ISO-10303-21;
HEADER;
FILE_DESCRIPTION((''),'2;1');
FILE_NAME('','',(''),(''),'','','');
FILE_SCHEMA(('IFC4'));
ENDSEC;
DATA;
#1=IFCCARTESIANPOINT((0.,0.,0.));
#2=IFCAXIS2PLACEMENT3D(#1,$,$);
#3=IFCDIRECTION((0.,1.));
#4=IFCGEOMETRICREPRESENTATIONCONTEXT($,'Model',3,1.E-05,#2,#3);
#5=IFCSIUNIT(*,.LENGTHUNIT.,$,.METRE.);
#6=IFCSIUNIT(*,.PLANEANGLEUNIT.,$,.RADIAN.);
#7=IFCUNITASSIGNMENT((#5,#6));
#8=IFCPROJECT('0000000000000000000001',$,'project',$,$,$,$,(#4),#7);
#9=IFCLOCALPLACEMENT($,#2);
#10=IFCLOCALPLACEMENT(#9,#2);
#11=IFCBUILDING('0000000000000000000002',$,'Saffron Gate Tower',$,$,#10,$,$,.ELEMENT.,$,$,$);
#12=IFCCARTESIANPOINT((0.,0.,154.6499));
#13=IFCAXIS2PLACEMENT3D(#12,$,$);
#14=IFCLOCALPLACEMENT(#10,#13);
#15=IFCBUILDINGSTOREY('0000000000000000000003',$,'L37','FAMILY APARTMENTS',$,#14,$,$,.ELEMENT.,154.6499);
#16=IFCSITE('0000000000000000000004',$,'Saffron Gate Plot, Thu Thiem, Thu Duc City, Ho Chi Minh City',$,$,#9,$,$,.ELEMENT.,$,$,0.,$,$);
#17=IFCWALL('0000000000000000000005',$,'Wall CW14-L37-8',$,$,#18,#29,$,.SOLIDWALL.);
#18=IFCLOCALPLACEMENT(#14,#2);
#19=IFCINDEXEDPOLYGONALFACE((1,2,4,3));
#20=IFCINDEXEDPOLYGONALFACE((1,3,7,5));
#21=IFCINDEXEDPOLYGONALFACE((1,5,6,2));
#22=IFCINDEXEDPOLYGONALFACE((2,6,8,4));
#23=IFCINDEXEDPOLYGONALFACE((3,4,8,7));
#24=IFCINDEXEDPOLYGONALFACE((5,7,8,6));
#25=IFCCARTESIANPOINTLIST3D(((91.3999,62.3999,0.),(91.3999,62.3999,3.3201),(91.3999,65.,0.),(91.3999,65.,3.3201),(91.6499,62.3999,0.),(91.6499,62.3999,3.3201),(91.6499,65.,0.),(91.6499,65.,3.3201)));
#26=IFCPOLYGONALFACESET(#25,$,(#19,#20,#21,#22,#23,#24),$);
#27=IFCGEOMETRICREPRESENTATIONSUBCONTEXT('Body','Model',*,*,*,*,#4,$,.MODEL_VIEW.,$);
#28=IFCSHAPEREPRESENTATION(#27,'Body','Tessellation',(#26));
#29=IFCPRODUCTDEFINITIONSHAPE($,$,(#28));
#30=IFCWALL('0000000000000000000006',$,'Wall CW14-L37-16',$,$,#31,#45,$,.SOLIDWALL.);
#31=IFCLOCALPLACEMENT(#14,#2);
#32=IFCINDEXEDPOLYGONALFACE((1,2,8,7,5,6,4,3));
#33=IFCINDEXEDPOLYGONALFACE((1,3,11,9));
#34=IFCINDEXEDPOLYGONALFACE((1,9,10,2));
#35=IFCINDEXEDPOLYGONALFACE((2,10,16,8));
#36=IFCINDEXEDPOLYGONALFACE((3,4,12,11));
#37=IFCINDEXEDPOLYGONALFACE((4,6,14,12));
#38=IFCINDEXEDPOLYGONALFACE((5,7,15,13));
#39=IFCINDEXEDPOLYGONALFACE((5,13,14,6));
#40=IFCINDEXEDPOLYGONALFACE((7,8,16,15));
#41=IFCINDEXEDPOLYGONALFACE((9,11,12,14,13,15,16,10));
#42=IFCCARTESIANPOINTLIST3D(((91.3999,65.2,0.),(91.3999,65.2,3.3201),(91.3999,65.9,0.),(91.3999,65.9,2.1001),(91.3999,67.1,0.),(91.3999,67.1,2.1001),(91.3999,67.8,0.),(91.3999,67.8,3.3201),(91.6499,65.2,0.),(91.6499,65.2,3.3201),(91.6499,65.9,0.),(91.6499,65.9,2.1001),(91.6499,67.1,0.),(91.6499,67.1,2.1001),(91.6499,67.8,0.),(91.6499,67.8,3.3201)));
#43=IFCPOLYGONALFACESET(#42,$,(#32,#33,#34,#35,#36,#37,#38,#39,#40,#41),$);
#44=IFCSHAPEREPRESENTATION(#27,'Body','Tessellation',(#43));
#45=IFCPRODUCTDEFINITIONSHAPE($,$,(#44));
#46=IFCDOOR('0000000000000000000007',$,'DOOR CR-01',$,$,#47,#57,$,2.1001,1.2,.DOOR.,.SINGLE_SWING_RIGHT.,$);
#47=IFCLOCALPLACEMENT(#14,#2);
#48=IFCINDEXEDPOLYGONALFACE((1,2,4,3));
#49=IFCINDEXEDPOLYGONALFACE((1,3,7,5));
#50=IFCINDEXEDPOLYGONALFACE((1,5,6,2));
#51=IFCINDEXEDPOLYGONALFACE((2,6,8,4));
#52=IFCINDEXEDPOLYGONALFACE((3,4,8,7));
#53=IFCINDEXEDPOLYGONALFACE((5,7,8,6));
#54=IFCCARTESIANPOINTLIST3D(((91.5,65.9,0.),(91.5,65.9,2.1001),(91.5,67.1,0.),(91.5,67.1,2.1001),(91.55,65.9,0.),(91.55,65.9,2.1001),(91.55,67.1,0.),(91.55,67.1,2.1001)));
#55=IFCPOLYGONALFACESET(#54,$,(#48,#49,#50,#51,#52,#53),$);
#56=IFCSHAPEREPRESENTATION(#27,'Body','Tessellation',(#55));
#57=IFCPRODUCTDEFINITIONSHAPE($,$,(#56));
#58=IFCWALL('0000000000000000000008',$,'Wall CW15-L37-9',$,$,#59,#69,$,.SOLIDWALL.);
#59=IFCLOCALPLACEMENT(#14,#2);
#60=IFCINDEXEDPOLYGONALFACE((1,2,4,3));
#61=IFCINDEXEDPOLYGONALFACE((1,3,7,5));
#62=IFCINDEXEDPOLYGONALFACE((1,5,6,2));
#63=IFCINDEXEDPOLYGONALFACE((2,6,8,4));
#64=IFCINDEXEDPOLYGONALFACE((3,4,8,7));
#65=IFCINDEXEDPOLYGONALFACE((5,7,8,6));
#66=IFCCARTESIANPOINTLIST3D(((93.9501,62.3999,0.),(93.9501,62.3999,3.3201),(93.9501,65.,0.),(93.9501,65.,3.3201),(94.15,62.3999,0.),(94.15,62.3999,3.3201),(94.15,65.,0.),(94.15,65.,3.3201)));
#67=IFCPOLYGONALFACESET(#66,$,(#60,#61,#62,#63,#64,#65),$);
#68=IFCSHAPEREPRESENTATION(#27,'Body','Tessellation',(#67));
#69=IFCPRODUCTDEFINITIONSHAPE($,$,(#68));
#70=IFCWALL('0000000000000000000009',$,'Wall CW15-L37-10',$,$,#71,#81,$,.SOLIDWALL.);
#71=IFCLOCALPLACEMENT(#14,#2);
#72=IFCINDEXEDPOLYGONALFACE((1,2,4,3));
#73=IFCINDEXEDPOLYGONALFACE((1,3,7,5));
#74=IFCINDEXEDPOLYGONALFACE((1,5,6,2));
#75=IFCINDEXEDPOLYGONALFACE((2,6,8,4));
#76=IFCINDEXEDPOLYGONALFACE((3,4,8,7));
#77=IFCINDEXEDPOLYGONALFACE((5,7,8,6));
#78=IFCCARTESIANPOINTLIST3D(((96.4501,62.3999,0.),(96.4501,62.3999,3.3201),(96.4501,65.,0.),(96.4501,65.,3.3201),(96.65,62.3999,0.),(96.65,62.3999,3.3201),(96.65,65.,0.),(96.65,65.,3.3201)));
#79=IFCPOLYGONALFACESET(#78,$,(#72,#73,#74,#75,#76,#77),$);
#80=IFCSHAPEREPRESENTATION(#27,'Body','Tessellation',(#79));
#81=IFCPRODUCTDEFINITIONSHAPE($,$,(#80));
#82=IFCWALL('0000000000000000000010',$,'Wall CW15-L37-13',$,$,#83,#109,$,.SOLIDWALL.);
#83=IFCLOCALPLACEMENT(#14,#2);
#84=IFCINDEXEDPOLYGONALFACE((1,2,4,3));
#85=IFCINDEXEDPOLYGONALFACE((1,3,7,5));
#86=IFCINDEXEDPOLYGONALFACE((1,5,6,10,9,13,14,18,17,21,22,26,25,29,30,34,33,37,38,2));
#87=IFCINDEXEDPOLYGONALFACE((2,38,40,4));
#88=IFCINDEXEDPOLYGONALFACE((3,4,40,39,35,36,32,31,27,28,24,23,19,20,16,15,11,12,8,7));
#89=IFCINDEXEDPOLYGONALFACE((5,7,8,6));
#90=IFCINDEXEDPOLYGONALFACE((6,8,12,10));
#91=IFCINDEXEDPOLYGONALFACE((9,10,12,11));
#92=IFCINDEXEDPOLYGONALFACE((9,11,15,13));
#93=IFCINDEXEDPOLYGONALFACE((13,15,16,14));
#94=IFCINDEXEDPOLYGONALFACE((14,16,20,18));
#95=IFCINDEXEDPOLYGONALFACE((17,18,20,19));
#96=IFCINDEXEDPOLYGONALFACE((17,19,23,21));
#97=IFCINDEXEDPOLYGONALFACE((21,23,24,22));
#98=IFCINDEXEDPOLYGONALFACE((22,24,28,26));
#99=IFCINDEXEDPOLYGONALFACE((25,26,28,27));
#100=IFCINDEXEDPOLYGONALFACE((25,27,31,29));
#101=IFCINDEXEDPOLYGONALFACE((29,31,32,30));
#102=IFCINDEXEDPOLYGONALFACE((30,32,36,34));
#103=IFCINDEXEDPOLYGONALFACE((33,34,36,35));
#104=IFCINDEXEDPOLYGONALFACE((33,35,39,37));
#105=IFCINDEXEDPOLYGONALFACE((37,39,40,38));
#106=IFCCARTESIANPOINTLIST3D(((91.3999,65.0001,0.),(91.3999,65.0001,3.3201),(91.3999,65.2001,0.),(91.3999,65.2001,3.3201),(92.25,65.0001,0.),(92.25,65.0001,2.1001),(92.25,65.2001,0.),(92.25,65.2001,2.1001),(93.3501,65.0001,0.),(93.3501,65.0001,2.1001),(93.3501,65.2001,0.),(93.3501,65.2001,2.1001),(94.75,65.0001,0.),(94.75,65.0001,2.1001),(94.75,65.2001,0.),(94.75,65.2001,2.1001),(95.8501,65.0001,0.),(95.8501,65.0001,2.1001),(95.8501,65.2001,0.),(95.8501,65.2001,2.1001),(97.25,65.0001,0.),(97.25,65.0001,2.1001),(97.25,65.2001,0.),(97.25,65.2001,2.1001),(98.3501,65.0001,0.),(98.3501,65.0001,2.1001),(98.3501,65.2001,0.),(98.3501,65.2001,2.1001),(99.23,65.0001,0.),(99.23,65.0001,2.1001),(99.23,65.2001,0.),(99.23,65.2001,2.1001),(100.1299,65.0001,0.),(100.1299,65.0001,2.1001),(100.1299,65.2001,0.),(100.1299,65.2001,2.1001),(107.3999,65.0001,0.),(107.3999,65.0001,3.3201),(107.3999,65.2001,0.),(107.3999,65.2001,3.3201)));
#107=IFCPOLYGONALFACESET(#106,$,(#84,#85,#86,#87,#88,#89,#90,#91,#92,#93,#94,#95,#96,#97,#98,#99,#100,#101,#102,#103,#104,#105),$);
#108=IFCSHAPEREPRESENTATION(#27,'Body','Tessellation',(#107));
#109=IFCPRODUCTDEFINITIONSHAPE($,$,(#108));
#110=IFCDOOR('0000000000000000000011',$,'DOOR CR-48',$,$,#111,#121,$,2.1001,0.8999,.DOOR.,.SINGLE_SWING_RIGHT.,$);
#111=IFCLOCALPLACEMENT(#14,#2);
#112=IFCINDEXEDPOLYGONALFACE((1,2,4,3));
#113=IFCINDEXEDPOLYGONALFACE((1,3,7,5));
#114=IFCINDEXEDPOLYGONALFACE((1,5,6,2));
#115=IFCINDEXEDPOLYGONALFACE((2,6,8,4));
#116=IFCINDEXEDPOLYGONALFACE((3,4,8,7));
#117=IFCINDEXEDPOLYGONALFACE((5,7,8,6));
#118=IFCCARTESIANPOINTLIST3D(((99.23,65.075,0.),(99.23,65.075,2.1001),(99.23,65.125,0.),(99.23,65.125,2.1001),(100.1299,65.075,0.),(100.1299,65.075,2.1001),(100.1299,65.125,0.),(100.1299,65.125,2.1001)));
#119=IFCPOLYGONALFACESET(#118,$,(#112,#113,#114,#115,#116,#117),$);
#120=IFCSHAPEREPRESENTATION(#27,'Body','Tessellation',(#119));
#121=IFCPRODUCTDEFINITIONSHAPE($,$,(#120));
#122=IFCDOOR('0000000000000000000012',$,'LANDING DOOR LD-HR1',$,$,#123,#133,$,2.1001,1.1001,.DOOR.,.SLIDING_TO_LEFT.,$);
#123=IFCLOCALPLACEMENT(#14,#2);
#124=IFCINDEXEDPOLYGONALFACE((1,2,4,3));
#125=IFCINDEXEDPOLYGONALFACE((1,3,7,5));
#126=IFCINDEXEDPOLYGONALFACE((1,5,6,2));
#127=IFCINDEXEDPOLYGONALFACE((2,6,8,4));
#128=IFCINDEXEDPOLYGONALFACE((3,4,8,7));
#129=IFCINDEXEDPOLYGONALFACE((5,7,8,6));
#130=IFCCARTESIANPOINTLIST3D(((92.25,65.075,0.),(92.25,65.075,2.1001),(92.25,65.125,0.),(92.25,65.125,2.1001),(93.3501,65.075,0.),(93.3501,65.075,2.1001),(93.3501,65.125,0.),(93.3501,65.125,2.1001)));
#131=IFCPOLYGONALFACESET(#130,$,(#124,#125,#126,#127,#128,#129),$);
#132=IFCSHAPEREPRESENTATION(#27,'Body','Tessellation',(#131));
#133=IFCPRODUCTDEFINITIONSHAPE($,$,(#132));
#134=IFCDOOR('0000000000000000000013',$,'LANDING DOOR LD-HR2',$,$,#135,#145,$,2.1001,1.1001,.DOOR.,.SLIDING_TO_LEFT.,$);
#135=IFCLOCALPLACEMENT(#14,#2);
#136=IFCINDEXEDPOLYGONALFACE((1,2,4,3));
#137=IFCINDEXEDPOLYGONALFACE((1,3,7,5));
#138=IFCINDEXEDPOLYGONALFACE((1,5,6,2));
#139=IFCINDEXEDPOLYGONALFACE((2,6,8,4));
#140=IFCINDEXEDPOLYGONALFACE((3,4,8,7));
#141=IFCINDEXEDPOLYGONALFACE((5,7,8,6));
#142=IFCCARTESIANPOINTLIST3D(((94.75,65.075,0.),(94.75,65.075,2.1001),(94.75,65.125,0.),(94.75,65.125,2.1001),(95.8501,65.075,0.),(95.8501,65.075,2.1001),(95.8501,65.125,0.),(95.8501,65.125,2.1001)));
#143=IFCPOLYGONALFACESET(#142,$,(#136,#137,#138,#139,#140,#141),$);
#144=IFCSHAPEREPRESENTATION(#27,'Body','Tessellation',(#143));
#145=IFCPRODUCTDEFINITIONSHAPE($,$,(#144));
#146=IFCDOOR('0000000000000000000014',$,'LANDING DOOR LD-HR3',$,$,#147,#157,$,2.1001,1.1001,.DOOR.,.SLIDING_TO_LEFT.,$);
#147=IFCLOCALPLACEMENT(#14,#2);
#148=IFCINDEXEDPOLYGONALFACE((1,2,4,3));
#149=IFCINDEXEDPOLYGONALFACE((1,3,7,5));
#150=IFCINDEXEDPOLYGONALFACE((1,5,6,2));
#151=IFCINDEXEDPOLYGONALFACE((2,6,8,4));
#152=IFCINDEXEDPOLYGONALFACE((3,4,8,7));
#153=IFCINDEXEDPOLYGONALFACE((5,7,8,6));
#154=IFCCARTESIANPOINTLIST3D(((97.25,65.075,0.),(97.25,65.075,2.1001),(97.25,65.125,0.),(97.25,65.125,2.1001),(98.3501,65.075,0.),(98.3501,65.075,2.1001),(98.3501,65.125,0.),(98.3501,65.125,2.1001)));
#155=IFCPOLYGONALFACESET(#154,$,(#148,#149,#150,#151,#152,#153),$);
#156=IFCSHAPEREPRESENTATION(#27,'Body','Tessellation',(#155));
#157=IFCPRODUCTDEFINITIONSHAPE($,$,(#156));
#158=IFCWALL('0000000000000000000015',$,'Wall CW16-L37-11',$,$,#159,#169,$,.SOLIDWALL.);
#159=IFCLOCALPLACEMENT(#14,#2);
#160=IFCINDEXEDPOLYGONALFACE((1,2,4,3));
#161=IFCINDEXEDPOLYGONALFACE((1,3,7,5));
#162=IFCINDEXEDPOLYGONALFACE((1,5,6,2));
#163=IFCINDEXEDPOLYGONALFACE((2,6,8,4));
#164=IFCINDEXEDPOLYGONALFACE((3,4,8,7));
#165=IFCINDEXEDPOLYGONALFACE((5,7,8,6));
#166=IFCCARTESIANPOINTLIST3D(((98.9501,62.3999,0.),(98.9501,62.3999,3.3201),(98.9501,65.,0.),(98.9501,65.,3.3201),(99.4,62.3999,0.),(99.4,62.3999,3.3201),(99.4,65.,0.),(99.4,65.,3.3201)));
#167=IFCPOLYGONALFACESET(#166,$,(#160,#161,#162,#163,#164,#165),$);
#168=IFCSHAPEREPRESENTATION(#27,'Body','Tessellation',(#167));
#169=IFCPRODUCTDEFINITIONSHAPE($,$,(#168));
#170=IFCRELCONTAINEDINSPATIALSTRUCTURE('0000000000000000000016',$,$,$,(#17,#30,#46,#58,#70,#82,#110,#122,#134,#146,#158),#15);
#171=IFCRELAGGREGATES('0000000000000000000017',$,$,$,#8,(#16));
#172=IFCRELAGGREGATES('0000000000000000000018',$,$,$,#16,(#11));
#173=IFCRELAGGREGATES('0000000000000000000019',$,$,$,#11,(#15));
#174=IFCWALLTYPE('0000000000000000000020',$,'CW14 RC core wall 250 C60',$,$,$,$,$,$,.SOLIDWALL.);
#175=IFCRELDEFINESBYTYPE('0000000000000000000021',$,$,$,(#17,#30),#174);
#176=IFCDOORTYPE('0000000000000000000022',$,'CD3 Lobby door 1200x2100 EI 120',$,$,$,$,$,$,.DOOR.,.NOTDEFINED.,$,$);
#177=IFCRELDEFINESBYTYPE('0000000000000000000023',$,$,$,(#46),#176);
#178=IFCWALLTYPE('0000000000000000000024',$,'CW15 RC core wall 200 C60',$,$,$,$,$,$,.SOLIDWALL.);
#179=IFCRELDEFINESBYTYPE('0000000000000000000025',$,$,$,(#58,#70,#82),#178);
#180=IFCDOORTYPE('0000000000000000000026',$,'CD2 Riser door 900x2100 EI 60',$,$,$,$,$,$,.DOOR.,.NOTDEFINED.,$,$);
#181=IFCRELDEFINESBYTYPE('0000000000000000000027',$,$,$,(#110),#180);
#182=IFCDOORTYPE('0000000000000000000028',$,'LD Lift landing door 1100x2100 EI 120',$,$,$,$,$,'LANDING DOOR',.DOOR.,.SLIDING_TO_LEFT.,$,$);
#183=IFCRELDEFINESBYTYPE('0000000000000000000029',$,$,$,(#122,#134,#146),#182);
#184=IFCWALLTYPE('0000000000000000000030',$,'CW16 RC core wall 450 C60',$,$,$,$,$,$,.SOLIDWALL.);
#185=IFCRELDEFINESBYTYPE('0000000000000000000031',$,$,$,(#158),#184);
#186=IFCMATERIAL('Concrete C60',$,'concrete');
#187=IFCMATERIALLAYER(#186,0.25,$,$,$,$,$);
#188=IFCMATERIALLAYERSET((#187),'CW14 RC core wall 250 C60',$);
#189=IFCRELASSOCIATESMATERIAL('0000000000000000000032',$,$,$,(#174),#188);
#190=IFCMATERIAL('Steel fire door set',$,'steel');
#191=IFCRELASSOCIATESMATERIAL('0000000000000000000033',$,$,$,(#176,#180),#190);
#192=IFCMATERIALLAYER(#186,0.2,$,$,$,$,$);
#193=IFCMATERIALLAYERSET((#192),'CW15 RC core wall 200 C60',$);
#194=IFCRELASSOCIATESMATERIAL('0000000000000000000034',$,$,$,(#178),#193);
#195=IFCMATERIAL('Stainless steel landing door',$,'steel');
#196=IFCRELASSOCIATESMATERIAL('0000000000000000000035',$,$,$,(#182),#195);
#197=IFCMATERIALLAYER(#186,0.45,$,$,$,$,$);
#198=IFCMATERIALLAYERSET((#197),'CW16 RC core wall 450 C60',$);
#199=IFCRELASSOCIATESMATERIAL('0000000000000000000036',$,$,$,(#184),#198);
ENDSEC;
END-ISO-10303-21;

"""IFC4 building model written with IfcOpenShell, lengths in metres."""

from ifc_helpers import new_model, si_unit, direction, frame, frame_2d, origin, place, context, subcontext, project, spatial, rectangle, extrude, material, layer, layer_set, type_object, element, fill, save


model = new_model("IFC4")

# Units and contexts
model_context = context("Model", 3, precision=1e-05, world=origin(), true_north=direction((0.0, 1.0)))
body_context = subcontext(model_context, "Body", "Model", "MODEL_VIEW")
ifc_project = project(units=[si_unit("LENGTHUNIT", "METRE"), si_unit("PLANEANGLEUNIT", "RADIAN")], contexts=[model_context])

# Site, building, storey
site_placement = place(None, origin())
site = spatial("IfcSite", under=ifc_project, at=site_placement, Name="Saffron Gate Plot, Thu Thiem, Thu Duc City, Ho Chi Minh City", CompositionType="ELEMENT", RefElevation=0.0)
building_placement = place(site_placement, origin())
building = spatial("IfcBuilding", under=site, at=building_placement, Name="Saffron Gate Tower", CompositionType="ELEMENT")
storey_placement = place(building_placement, frame((0.0, 0.0, 154.6499)))
storey = spatial("IfcBuildingStorey", under=building, at=storey_placement, Name="L37", Description="FAMILY APARTMENTS", CompositionType="ELEMENT", Elevation=154.6499)

# Wall
ifc_material_1 = material(Name="Concrete C60", Category="concrete")
ifc_layer_1 = layer(ifc_material_1, 0.25)
ifc_layer_set_1 = layer_set([ifc_layer_1], Name="CW14 RC core wall 250 C60")
wall_type_1 = type_object("IfcWallType", Name="CW14 RC core wall 250 C60", PredefinedType="SOLIDWALL", material=ifc_layer_set_1)
wall_1_placement = place(storey_placement, frame((91.5249, 62.3999, 0.0), z_axis=(0.0, 0.0, 1.0), x_axis=(0.0, 1.0, 0.0)))
element("IfcWall", 1, at=wall_1_placement, inside=storey, type_object=wall_type_1, Name="Wall CW14-L37-8", PredefinedType="SOLIDWALL", context=body_context, shape_type="SweptSolid", body=[
    extrude(rectangle(XDim=2.6001, YDim=0.25, at=frame_2d((1.3, 0.0))), origin(), (0.0, 0.0, 1.0), 3.3201),
])

# Wall, opening, door
wall_2_placement = place(storey_placement, frame((91.5249, 65.2, 0.0), z_axis=(0.0, 0.0, 1.0), x_axis=(0.0, 1.0, 0.0)))
wall_2 = element("IfcWall", 2, at=wall_2_placement, inside=storey, type_object=wall_type_1, Name="Wall CW14-L37-16", PredefinedType="SOLIDWALL", context=body_context, shape_type="SweptSolid", body=[
    extrude(rectangle(XDim=2.6001, YDim=0.25, at=frame_2d((1.3, 0.0))), origin(), (0.0, 0.0, 1.0), 3.3201),
])
opening_1_placement = place(wall_2_placement, frame((0.7, 0.0, 0.0)))
opening_1 = element("IfcOpeningElement", 3, at=opening_1_placement, cuts=wall_2, PredefinedType="OPENING", context=body_context, shape_type="SweptSolid", body=[
    extrude(rectangle(XDim=1.2, YDim=2.1001, at=frame_2d((0.6001, 1.05))), frame((0.0, 0.135, 0.0), z_axis=(0.0, -1.0, 0.0), x_axis=(1.0, 0.0, 0.0)), (0.0, 0.0, 1.0), 0.27),
])
ifc_material_2 = material(Name="Steel fire door set", Category="steel")
door_type_1 = type_object("IfcDoorType", Name="CD3 Lobby door 1200x2100 EI 120", OperationType="NOTDEFINED", PredefinedType="DOOR", material=ifc_material_2)
door_1_placement = place(opening_1_placement, origin())
door_1 = element("IfcDoor", 4, at=door_1_placement, inside=storey, type_object=door_type_1, Name="DOOR CR-01", OperationType="SINGLE_SWING_RIGHT", OverallHeight=2.1001, OverallWidth=1.2, PredefinedType="DOOR", context=body_context, shape_type="SweptSolid", body=[
    extrude(rectangle(XDim=1.2, YDim=2.1001, at=frame_2d((0.6001, 1.05))), frame((0.0, 0.0249, 0.0), z_axis=(0.0, -1.0, 0.0), x_axis=(1.0, 0.0, 0.0)), (0.0, 0.0, 1.0), 0.05),
])
fill(opening_1, door_1)

# Walls
ifc_layer_2 = layer(ifc_material_1, 0.2)
ifc_layer_set_2 = layer_set([ifc_layer_2], Name="CW15 RC core wall 200 C60")
wall_type_2 = type_object("IfcWallType", Name="CW15 RC core wall 200 C60", PredefinedType="SOLIDWALL", material=ifc_layer_set_2)
for number, where, z_axis, x_axis, name in (
    (5, (94.05, 62.3999, 0.0), (0.0, 0.0, 1.0), (0.0, 1.0, 0.0), "Wall CW15-L37-9"),
    (6, (96.55, 62.3999, 0.0), (0.0, 0.0, 1.0), (0.0, 1.0, 0.0), "Wall CW15-L37-10"),
):
    element("IfcWall", number, at=place(storey_placement, frame(where, z_axis=z_axis, x_axis=x_axis)), inside=storey, type_object=wall_type_2, Name=name, PredefinedType="SOLIDWALL", context=body_context, shape_type="SweptSolid", body=[
        extrude(rectangle(XDim=2.6001, YDim=0.2, at=frame_2d((1.3, 0.0))), origin(), (0.0, 0.0, 1.0), 3.3201),
    ])

# Wall, openings, doors
wall_3_placement = place(storey_placement, frame((91.3999, 65.1001, 0.0), z_axis=(0.0, 0.0, 1.0), x_axis=(1.0, 0.0, 0.0)))
wall_3 = element("IfcWall", 7, at=wall_3_placement, inside=storey, type_object=wall_type_2, Name="Wall CW15-L37-13", PredefinedType="SOLIDWALL", context=body_context, shape_type="SweptSolid", body=[
    extrude(rectangle(XDim=16.0, YDim=0.2, at=frame_2d((8.0, 0.0))), origin(), (0.0, 0.0, 1.0), 3.3201),
])
opening_2_placement = place(wall_3_placement, frame((0.8501, 0.0, 0.0)))
opening_2 = element("IfcOpeningElement", 8, at=opening_2_placement, cuts=wall_3, PredefinedType="OPENING", context=body_context, shape_type="SweptSolid", body=[
    extrude(rectangle(XDim=1.1001, YDim=2.1001, at=frame_2d((0.55, 1.05))), frame((0.0, 0.1099, 0.0), z_axis=(0.0, -1.0, 0.0), x_axis=(1.0, 0.0, 0.0)), (0.0, 0.0, 1.0), 0.22),
])
opening_3_placement = place(wall_3_placement, frame((3.3501, 0.0, 0.0)))
opening_3 = element("IfcOpeningElement", 9, at=opening_3_placement, cuts=wall_3, PredefinedType="OPENING", context=body_context, shape_type="SweptSolid", body=[
    extrude(rectangle(XDim=1.1001, YDim=2.1001, at=frame_2d((0.55, 1.05))), frame((0.0, 0.1099, 0.0), z_axis=(0.0, -1.0, 0.0), x_axis=(1.0, 0.0, 0.0)), (0.0, 0.0, 1.0), 0.22),
])
opening_4_placement = place(wall_3_placement, frame((5.8501, 0.0, 0.0)))
opening_4 = element("IfcOpeningElement", 10, at=opening_4_placement, cuts=wall_3, PredefinedType="OPENING", context=body_context, shape_type="SweptSolid", body=[
    extrude(rectangle(XDim=1.1001, YDim=2.1001, at=frame_2d((0.55, 1.05))), frame((0.0, 0.1099, 0.0), z_axis=(0.0, -1.0, 0.0), x_axis=(1.0, 0.0, 0.0)), (0.0, 0.0, 1.0), 0.22),
])
opening_5_placement = place(wall_3_placement, frame((7.8301, 0.0, 0.0)))
opening_5 = element("IfcOpeningElement", 11, at=opening_5_placement, cuts=wall_3, PredefinedType="OPENING", context=body_context, shape_type="SweptSolid", body=[
    extrude(rectangle(XDim=0.8999, YDim=2.1001, at=frame_2d((0.45, 1.05))), frame((0.0, 0.1099, 0.0), z_axis=(0.0, -1.0, 0.0), x_axis=(1.0, 0.0, 0.0)), (0.0, 0.0, 1.0), 0.22),
])
door_type_2 = type_object("IfcDoorType", Name="CD2 Riser door 900x2100 EI 60", OperationType="NOTDEFINED", PredefinedType="DOOR", material=ifc_material_2)
door_2_placement = place(opening_5_placement, origin())
door_2 = element("IfcDoor", 12, at=door_2_placement, inside=storey, type_object=door_type_2, Name="DOOR CR-48", OperationType="SINGLE_SWING_RIGHT", OverallHeight=2.1001, OverallWidth=0.8999, PredefinedType="DOOR", context=body_context, shape_type="SweptSolid", body=[
    extrude(rectangle(XDim=0.8999, YDim=2.1001, at=frame_2d((0.45, 1.05))), frame((0.0, 0.0249, 0.0), z_axis=(0.0, -1.0, 0.0), x_axis=(1.0, 0.0, 0.0)), (0.0, 0.0, 1.0), 0.05),
])
fill(opening_5, door_2)
ifc_material_3 = material(Name="Stainless steel landing door", Category="steel")
door_type_3 = type_object("IfcDoorType", Name="LD Lift landing door 1100x2100 EI 120", ElementType="LANDING DOOR", OperationType="SLIDING_TO_LEFT", PredefinedType="DOOR", material=ifc_material_3)
door_3_placement = place(opening_2_placement, origin())
door_3 = element("IfcDoor", 13, at=door_3_placement, inside=storey, type_object=door_type_3, Name="LANDING DOOR LD-HR1", OperationType="SLIDING_TO_LEFT", OverallHeight=2.1001, OverallWidth=1.1001, PredefinedType="DOOR", context=body_context, shape_type="SweptSolid", body=[
    extrude(rectangle(XDim=1.1001, YDim=2.1001, at=frame_2d((0.55, 1.05))), frame((0.0, 0.0249, 0.0), z_axis=(0.0, -1.0, 0.0), x_axis=(1.0, 0.0, 0.0)), (0.0, 0.0, 1.0), 0.05),
])
fill(opening_2, door_3)
door_4_placement = place(opening_3_placement, origin())
door_4 = element("IfcDoor", 14, at=door_4_placement, inside=storey, type_object=door_type_3, Name="LANDING DOOR LD-HR2", OperationType="SLIDING_TO_LEFT", OverallHeight=2.1001, OverallWidth=1.1001, PredefinedType="DOOR", context=body_context, shape_type="SweptSolid", body=[
    extrude(rectangle(XDim=1.1001, YDim=2.1001, at=frame_2d((0.55, 1.05))), frame((0.0, 0.0249, 0.0), z_axis=(0.0, -1.0, 0.0), x_axis=(1.0, 0.0, 0.0)), (0.0, 0.0, 1.0), 0.05),
])
fill(opening_3, door_4)
door_5_placement = place(opening_4_placement, origin())
door_5 = element("IfcDoor", 15, at=door_5_placement, inside=storey, type_object=door_type_3, Name="LANDING DOOR LD-HR3", OperationType="SLIDING_TO_LEFT", OverallHeight=2.1001, OverallWidth=1.1001, PredefinedType="DOOR", context=body_context, shape_type="SweptSolid", body=[
    extrude(rectangle(XDim=1.1001, YDim=2.1001, at=frame_2d((0.55, 1.05))), frame((0.0, 0.0249, 0.0), z_axis=(0.0, -1.0, 0.0), x_axis=(1.0, 0.0, 0.0)), (0.0, 0.0, 1.0), 0.05),
])
fill(opening_4, door_5)

# Wall
ifc_layer_3 = layer(ifc_material_1, 0.45)
ifc_layer_set_3 = layer_set([ifc_layer_3], Name="CW16 RC core wall 450 C60")
wall_type_3 = type_object("IfcWallType", Name="CW16 RC core wall 450 C60", PredefinedType="SOLIDWALL", material=ifc_layer_set_3)
wall_4_placement = place(storey_placement, frame((99.175, 62.3999, 0.0), z_axis=(0.0, 0.0, 1.0), x_axis=(0.0, 1.0, 0.0)))
element("IfcWall", 16, at=wall_4_placement, inside=storey, type_object=wall_type_3, Name="Wall CW16-L37-11", PredefinedType="SOLIDWALL", context=body_context, shape_type="SweptSolid", body=[
    extrude(rectangle(XDim=2.6001, YDim=0.45, at=frame_2d((1.3, 0.0))), origin(), (0.0, 0.0, 1.0), 3.3201),
])

save(model, "model.ifc")
